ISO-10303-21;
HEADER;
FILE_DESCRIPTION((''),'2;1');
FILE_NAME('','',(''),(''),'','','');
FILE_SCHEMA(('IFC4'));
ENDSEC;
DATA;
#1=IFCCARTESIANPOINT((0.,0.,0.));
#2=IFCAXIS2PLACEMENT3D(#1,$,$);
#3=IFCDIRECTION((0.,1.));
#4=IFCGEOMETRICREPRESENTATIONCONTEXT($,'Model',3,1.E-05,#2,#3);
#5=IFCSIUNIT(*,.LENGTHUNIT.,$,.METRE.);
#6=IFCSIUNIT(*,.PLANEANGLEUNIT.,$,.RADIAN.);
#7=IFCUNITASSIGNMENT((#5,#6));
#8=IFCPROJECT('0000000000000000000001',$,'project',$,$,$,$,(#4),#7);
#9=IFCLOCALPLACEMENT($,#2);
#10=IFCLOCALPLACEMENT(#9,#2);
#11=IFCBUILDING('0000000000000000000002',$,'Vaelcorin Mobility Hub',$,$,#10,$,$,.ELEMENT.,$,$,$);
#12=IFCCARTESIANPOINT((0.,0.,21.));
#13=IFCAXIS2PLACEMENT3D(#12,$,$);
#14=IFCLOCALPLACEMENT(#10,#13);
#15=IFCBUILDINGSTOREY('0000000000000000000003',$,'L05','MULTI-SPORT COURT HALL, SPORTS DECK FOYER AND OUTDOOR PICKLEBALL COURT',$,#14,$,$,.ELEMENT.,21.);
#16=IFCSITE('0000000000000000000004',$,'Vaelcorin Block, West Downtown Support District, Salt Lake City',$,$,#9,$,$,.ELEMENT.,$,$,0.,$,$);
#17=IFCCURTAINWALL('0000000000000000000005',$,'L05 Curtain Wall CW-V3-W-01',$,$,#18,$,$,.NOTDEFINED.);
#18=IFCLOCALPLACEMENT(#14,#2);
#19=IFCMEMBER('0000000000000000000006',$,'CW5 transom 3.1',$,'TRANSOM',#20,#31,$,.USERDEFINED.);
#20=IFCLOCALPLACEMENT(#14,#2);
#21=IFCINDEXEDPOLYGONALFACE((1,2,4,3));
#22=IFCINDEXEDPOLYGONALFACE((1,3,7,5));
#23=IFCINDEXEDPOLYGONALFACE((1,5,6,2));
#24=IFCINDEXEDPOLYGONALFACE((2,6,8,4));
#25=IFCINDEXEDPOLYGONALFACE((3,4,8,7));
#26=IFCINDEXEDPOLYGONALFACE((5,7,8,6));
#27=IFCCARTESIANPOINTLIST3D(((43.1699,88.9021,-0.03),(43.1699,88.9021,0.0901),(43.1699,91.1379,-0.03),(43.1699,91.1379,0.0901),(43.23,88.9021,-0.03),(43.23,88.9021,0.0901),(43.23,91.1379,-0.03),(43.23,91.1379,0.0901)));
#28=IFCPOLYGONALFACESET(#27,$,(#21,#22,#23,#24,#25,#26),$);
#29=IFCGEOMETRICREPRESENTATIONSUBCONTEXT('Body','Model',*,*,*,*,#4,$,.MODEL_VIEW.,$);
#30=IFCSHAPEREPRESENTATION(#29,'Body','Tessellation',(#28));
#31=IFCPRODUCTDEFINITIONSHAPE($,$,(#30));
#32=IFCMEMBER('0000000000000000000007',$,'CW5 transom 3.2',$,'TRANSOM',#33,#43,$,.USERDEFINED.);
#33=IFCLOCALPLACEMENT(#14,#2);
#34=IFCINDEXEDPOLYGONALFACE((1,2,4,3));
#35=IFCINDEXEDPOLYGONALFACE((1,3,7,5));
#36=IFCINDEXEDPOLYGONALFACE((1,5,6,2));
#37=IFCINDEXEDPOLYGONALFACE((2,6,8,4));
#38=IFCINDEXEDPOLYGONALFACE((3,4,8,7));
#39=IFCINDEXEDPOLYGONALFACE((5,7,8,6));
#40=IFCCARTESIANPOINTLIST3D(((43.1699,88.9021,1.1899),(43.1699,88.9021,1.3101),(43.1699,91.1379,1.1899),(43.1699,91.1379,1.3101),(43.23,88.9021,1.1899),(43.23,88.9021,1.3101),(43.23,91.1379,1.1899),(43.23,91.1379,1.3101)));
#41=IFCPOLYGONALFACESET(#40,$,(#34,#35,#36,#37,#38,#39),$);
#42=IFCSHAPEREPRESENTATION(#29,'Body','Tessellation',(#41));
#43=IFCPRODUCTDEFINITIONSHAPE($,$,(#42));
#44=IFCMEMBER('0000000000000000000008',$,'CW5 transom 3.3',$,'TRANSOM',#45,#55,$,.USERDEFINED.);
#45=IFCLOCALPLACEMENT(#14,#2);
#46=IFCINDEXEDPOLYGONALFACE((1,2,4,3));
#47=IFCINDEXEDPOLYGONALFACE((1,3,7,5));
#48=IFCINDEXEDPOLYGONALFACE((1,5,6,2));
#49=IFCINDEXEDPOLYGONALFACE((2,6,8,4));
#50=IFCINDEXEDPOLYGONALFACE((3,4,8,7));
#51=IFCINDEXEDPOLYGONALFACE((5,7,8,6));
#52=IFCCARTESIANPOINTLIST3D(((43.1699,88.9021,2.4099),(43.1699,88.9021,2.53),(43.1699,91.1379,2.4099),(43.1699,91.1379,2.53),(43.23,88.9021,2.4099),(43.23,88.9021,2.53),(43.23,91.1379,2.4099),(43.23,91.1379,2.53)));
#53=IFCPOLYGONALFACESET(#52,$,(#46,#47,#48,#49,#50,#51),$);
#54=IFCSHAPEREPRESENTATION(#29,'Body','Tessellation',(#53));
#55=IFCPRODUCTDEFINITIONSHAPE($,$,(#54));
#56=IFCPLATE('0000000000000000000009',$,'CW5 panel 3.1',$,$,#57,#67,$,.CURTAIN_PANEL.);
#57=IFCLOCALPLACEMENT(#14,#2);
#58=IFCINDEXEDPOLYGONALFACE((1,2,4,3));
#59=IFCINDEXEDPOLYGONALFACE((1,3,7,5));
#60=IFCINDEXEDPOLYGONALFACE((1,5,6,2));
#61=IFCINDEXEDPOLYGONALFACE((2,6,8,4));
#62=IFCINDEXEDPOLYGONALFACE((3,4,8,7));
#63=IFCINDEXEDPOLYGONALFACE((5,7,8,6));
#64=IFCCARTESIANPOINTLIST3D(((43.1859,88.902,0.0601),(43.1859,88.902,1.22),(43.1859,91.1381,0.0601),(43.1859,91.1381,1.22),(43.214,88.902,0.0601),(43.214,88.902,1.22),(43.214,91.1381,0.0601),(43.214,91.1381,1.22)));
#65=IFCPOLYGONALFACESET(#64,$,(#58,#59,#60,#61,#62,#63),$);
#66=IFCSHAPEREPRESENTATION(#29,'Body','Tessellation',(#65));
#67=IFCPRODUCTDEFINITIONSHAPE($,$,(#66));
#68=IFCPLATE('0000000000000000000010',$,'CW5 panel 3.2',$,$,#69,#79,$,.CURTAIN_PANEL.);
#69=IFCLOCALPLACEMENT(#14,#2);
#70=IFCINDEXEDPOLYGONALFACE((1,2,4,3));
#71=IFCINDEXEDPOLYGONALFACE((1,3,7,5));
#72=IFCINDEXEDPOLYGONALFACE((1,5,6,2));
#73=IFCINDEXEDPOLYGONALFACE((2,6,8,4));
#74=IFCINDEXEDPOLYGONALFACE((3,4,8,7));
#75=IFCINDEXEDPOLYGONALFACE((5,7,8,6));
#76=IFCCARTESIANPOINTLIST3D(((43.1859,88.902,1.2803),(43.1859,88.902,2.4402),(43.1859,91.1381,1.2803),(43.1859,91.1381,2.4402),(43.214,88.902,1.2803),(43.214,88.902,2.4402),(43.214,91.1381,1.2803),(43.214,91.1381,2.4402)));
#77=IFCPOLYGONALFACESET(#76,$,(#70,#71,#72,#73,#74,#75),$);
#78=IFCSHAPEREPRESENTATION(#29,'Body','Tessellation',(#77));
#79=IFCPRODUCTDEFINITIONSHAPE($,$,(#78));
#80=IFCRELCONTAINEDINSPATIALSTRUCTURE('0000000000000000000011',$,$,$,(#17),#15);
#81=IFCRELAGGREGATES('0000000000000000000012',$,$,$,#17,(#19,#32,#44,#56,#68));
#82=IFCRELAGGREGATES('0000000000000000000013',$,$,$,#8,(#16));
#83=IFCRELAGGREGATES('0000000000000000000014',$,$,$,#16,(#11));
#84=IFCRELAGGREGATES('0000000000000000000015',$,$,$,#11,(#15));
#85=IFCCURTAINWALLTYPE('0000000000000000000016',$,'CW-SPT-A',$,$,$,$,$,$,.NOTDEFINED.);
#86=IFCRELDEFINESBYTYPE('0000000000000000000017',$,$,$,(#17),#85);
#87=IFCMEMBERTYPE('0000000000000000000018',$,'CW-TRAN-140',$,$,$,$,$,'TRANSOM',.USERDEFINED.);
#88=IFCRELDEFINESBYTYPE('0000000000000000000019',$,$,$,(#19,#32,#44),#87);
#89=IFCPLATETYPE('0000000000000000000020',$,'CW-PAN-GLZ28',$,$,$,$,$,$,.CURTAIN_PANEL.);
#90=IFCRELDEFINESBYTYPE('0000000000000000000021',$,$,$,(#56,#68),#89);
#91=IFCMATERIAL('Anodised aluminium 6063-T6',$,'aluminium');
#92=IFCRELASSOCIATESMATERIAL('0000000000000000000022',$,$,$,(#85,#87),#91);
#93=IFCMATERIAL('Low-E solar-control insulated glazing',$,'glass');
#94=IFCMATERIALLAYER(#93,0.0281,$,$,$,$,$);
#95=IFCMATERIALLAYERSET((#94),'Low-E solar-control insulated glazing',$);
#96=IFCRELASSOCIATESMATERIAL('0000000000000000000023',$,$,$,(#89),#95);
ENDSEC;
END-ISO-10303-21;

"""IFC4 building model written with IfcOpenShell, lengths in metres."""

from ifc_helpers import new_model, si_unit, direction, frame, origin, origin_2d, place, context, subcontext, project, spatial, rectangle, extrude, material, layer, layer_set, material_profile, profile_set, type_object, element, aggregate, save


model = new_model("IFC4")

# Units and contexts
model_context = context("Model", 3, precision=1e-05, world=origin(), true_north=direction((0.0, 1.0)))
body_context = subcontext(model_context, "Body", "Model", "MODEL_VIEW")
ifc_project = project(units=[si_unit("LENGTHUNIT", "METRE"), si_unit("PLANEANGLEUNIT", "RADIAN")], contexts=[model_context])

# Site, building, storey
site_placement = place(None, origin())
site = spatial("IfcSite", under=ifc_project, at=site_placement, Name="Vaelcorin Block, West Downtown Support District, Salt Lake City", CompositionType="ELEMENT", RefElevation=0.0)
building_placement = place(site_placement, origin())
building = spatial("IfcBuilding", under=site, at=building_placement, Name="Vaelcorin Mobility Hub", CompositionType="ELEMENT")
storey_placement = place(building_placement, frame((0.0, 0.0, 21.0)))
storey = spatial("IfcBuildingStorey", under=building, at=storey_placement, Name="L05", Description="MULTI-SPORT COURT HALL, SPORTS DECK FOYER AND OUTDOOR PICKLEBALL COURT", CompositionType="ELEMENT", Elevation=21.0)

# Curtain wall
ifc_material_1 = material(Name="Anodised aluminium 6063-T6", Category="aluminium")
curtain_wall_type = type_object("IfcCurtainWallType", Name="CW-SPT-A", PredefinedType="NOTDEFINED", material=ifc_material_1)
curtain_wall_1_placement = place(storey_placement, origin())
curtain_wall_1 = element("IfcCurtainWall", 1, at=curtain_wall_1_placement, inside=storey, type_object=curtain_wall_type, Name="L05 Curtain Wall CW-V3-W-01", PredefinedType="NOTDEFINED")

# Members
ifc_material_profile_1 = material_profile(ifc_material_1, rectangle(XDim=0.0601, YDim=0.1201, at=origin_2d()), Name="ALU-T60X120")
ifc_profile_set_1 = profile_set([ifc_material_profile_1], Name="Anodised aluminium 6063-T6")
member_type_1 = type_object("IfcMemberType", Name="CW-TRAN-140", ElementType="TRANSOM", PredefinedType="USERDEFINED", material=ifc_profile_set_1)
member_1_placement = place(storey_placement, frame((43.2, 88.9021, 0.03), z_axis=(0.0, 1.0, 0.0), x_axis=(-1.0, 0.0, 0.0)))
member_1 = element("IfcMember", 2, at=member_1_placement, type_object=member_type_1, Name="CW5 transom 3.1", ObjectType="TRANSOM", PredefinedType="USERDEFINED", context=body_context, shape_type="SweptSolid", body=[
    extrude(rectangle(XDim=0.0601, YDim=0.1201, at=origin_2d()), origin(), (0.0, 0.0, 1.0), 2.2358),
])
member_2_placement = place(storey_placement, frame((43.2, 88.9021, 1.25), z_axis=(0.0, 1.0, 0.0), x_axis=(-1.0, 0.0, 0.0)))
member_2 = element("IfcMember", 3, at=member_2_placement, type_object=member_type_1, Name="CW5 transom 3.2", ObjectType="TRANSOM", PredefinedType="USERDEFINED", context=body_context, shape_type="SweptSolid", body=[
    extrude(rectangle(XDim=0.0601, YDim=0.1201, at=origin_2d()), origin(), (0.0, 0.0, 1.0), 2.2358),
])
member_3_placement = place(storey_placement, frame((43.2, 88.9021, 2.47), z_axis=(0.0, 1.0, 0.0), x_axis=(-1.0, 0.0, 0.0)))
member_3 = element("IfcMember", 4, at=member_3_placement, type_object=member_type_1, Name="CW5 transom 3.3", ObjectType="TRANSOM", PredefinedType="USERDEFINED", context=body_context, shape_type="SweptSolid", body=[
    extrude(rectangle(XDim=0.0601, YDim=0.1201, at=origin_2d()), origin(), (0.0, 0.0, 1.0), 2.2358),
])

# Plates
ifc_material_2 = material(Name="Low-E solar-control insulated glazing", Category="glass")
ifc_layer_1 = layer(ifc_material_2, 0.0281)
ifc_layer_set_1 = layer_set([ifc_layer_1], Name="Low-E solar-control insulated glazing")
plate_type = type_object("IfcPlateType", Name="CW-PAN-GLZ28", PredefinedType="CURTAIN_PANEL", material=ifc_layer_set_1)
plate_1_placement = place(storey_placement, frame((43.2, 90.02, 0.0601), z_axis=(0.0, 0.0, 1.0), x_axis=(0.0, 1.0, 0.0)))
plate_1 = element("IfcPlate", 5, at=plate_1_placement, type_object=plate_type, Name="CW5 panel 3.1", PredefinedType="CURTAIN_PANEL", context=body_context, shape_type="SweptSolid", body=[
    extrude(rectangle(XDim=2.2361, YDim=0.0281, at=origin_2d()), origin(), (0.0, 0.0, 1.0), 1.1599),
])
plate_2_placement = place(storey_placement, frame((43.2, 90.02, 1.2803), z_axis=(0.0, 0.0, 1.0), x_axis=(0.0, 1.0, 0.0)))
plate_2 = element("IfcPlate", 6, at=plate_2_placement, type_object=plate_type, Name="CW5 panel 3.2", PredefinedType="CURTAIN_PANEL", context=body_context, shape_type="SweptSolid", body=[
    extrude(rectangle(XDim=2.2361, YDim=0.0281, at=origin_2d()), origin(), (0.0, 0.0, 1.0), 1.1599),
])
aggregate(curtain_wall_1, [member_1, member_2, member_3, plate_1, plate_2])

save(model, "model.ifc")
